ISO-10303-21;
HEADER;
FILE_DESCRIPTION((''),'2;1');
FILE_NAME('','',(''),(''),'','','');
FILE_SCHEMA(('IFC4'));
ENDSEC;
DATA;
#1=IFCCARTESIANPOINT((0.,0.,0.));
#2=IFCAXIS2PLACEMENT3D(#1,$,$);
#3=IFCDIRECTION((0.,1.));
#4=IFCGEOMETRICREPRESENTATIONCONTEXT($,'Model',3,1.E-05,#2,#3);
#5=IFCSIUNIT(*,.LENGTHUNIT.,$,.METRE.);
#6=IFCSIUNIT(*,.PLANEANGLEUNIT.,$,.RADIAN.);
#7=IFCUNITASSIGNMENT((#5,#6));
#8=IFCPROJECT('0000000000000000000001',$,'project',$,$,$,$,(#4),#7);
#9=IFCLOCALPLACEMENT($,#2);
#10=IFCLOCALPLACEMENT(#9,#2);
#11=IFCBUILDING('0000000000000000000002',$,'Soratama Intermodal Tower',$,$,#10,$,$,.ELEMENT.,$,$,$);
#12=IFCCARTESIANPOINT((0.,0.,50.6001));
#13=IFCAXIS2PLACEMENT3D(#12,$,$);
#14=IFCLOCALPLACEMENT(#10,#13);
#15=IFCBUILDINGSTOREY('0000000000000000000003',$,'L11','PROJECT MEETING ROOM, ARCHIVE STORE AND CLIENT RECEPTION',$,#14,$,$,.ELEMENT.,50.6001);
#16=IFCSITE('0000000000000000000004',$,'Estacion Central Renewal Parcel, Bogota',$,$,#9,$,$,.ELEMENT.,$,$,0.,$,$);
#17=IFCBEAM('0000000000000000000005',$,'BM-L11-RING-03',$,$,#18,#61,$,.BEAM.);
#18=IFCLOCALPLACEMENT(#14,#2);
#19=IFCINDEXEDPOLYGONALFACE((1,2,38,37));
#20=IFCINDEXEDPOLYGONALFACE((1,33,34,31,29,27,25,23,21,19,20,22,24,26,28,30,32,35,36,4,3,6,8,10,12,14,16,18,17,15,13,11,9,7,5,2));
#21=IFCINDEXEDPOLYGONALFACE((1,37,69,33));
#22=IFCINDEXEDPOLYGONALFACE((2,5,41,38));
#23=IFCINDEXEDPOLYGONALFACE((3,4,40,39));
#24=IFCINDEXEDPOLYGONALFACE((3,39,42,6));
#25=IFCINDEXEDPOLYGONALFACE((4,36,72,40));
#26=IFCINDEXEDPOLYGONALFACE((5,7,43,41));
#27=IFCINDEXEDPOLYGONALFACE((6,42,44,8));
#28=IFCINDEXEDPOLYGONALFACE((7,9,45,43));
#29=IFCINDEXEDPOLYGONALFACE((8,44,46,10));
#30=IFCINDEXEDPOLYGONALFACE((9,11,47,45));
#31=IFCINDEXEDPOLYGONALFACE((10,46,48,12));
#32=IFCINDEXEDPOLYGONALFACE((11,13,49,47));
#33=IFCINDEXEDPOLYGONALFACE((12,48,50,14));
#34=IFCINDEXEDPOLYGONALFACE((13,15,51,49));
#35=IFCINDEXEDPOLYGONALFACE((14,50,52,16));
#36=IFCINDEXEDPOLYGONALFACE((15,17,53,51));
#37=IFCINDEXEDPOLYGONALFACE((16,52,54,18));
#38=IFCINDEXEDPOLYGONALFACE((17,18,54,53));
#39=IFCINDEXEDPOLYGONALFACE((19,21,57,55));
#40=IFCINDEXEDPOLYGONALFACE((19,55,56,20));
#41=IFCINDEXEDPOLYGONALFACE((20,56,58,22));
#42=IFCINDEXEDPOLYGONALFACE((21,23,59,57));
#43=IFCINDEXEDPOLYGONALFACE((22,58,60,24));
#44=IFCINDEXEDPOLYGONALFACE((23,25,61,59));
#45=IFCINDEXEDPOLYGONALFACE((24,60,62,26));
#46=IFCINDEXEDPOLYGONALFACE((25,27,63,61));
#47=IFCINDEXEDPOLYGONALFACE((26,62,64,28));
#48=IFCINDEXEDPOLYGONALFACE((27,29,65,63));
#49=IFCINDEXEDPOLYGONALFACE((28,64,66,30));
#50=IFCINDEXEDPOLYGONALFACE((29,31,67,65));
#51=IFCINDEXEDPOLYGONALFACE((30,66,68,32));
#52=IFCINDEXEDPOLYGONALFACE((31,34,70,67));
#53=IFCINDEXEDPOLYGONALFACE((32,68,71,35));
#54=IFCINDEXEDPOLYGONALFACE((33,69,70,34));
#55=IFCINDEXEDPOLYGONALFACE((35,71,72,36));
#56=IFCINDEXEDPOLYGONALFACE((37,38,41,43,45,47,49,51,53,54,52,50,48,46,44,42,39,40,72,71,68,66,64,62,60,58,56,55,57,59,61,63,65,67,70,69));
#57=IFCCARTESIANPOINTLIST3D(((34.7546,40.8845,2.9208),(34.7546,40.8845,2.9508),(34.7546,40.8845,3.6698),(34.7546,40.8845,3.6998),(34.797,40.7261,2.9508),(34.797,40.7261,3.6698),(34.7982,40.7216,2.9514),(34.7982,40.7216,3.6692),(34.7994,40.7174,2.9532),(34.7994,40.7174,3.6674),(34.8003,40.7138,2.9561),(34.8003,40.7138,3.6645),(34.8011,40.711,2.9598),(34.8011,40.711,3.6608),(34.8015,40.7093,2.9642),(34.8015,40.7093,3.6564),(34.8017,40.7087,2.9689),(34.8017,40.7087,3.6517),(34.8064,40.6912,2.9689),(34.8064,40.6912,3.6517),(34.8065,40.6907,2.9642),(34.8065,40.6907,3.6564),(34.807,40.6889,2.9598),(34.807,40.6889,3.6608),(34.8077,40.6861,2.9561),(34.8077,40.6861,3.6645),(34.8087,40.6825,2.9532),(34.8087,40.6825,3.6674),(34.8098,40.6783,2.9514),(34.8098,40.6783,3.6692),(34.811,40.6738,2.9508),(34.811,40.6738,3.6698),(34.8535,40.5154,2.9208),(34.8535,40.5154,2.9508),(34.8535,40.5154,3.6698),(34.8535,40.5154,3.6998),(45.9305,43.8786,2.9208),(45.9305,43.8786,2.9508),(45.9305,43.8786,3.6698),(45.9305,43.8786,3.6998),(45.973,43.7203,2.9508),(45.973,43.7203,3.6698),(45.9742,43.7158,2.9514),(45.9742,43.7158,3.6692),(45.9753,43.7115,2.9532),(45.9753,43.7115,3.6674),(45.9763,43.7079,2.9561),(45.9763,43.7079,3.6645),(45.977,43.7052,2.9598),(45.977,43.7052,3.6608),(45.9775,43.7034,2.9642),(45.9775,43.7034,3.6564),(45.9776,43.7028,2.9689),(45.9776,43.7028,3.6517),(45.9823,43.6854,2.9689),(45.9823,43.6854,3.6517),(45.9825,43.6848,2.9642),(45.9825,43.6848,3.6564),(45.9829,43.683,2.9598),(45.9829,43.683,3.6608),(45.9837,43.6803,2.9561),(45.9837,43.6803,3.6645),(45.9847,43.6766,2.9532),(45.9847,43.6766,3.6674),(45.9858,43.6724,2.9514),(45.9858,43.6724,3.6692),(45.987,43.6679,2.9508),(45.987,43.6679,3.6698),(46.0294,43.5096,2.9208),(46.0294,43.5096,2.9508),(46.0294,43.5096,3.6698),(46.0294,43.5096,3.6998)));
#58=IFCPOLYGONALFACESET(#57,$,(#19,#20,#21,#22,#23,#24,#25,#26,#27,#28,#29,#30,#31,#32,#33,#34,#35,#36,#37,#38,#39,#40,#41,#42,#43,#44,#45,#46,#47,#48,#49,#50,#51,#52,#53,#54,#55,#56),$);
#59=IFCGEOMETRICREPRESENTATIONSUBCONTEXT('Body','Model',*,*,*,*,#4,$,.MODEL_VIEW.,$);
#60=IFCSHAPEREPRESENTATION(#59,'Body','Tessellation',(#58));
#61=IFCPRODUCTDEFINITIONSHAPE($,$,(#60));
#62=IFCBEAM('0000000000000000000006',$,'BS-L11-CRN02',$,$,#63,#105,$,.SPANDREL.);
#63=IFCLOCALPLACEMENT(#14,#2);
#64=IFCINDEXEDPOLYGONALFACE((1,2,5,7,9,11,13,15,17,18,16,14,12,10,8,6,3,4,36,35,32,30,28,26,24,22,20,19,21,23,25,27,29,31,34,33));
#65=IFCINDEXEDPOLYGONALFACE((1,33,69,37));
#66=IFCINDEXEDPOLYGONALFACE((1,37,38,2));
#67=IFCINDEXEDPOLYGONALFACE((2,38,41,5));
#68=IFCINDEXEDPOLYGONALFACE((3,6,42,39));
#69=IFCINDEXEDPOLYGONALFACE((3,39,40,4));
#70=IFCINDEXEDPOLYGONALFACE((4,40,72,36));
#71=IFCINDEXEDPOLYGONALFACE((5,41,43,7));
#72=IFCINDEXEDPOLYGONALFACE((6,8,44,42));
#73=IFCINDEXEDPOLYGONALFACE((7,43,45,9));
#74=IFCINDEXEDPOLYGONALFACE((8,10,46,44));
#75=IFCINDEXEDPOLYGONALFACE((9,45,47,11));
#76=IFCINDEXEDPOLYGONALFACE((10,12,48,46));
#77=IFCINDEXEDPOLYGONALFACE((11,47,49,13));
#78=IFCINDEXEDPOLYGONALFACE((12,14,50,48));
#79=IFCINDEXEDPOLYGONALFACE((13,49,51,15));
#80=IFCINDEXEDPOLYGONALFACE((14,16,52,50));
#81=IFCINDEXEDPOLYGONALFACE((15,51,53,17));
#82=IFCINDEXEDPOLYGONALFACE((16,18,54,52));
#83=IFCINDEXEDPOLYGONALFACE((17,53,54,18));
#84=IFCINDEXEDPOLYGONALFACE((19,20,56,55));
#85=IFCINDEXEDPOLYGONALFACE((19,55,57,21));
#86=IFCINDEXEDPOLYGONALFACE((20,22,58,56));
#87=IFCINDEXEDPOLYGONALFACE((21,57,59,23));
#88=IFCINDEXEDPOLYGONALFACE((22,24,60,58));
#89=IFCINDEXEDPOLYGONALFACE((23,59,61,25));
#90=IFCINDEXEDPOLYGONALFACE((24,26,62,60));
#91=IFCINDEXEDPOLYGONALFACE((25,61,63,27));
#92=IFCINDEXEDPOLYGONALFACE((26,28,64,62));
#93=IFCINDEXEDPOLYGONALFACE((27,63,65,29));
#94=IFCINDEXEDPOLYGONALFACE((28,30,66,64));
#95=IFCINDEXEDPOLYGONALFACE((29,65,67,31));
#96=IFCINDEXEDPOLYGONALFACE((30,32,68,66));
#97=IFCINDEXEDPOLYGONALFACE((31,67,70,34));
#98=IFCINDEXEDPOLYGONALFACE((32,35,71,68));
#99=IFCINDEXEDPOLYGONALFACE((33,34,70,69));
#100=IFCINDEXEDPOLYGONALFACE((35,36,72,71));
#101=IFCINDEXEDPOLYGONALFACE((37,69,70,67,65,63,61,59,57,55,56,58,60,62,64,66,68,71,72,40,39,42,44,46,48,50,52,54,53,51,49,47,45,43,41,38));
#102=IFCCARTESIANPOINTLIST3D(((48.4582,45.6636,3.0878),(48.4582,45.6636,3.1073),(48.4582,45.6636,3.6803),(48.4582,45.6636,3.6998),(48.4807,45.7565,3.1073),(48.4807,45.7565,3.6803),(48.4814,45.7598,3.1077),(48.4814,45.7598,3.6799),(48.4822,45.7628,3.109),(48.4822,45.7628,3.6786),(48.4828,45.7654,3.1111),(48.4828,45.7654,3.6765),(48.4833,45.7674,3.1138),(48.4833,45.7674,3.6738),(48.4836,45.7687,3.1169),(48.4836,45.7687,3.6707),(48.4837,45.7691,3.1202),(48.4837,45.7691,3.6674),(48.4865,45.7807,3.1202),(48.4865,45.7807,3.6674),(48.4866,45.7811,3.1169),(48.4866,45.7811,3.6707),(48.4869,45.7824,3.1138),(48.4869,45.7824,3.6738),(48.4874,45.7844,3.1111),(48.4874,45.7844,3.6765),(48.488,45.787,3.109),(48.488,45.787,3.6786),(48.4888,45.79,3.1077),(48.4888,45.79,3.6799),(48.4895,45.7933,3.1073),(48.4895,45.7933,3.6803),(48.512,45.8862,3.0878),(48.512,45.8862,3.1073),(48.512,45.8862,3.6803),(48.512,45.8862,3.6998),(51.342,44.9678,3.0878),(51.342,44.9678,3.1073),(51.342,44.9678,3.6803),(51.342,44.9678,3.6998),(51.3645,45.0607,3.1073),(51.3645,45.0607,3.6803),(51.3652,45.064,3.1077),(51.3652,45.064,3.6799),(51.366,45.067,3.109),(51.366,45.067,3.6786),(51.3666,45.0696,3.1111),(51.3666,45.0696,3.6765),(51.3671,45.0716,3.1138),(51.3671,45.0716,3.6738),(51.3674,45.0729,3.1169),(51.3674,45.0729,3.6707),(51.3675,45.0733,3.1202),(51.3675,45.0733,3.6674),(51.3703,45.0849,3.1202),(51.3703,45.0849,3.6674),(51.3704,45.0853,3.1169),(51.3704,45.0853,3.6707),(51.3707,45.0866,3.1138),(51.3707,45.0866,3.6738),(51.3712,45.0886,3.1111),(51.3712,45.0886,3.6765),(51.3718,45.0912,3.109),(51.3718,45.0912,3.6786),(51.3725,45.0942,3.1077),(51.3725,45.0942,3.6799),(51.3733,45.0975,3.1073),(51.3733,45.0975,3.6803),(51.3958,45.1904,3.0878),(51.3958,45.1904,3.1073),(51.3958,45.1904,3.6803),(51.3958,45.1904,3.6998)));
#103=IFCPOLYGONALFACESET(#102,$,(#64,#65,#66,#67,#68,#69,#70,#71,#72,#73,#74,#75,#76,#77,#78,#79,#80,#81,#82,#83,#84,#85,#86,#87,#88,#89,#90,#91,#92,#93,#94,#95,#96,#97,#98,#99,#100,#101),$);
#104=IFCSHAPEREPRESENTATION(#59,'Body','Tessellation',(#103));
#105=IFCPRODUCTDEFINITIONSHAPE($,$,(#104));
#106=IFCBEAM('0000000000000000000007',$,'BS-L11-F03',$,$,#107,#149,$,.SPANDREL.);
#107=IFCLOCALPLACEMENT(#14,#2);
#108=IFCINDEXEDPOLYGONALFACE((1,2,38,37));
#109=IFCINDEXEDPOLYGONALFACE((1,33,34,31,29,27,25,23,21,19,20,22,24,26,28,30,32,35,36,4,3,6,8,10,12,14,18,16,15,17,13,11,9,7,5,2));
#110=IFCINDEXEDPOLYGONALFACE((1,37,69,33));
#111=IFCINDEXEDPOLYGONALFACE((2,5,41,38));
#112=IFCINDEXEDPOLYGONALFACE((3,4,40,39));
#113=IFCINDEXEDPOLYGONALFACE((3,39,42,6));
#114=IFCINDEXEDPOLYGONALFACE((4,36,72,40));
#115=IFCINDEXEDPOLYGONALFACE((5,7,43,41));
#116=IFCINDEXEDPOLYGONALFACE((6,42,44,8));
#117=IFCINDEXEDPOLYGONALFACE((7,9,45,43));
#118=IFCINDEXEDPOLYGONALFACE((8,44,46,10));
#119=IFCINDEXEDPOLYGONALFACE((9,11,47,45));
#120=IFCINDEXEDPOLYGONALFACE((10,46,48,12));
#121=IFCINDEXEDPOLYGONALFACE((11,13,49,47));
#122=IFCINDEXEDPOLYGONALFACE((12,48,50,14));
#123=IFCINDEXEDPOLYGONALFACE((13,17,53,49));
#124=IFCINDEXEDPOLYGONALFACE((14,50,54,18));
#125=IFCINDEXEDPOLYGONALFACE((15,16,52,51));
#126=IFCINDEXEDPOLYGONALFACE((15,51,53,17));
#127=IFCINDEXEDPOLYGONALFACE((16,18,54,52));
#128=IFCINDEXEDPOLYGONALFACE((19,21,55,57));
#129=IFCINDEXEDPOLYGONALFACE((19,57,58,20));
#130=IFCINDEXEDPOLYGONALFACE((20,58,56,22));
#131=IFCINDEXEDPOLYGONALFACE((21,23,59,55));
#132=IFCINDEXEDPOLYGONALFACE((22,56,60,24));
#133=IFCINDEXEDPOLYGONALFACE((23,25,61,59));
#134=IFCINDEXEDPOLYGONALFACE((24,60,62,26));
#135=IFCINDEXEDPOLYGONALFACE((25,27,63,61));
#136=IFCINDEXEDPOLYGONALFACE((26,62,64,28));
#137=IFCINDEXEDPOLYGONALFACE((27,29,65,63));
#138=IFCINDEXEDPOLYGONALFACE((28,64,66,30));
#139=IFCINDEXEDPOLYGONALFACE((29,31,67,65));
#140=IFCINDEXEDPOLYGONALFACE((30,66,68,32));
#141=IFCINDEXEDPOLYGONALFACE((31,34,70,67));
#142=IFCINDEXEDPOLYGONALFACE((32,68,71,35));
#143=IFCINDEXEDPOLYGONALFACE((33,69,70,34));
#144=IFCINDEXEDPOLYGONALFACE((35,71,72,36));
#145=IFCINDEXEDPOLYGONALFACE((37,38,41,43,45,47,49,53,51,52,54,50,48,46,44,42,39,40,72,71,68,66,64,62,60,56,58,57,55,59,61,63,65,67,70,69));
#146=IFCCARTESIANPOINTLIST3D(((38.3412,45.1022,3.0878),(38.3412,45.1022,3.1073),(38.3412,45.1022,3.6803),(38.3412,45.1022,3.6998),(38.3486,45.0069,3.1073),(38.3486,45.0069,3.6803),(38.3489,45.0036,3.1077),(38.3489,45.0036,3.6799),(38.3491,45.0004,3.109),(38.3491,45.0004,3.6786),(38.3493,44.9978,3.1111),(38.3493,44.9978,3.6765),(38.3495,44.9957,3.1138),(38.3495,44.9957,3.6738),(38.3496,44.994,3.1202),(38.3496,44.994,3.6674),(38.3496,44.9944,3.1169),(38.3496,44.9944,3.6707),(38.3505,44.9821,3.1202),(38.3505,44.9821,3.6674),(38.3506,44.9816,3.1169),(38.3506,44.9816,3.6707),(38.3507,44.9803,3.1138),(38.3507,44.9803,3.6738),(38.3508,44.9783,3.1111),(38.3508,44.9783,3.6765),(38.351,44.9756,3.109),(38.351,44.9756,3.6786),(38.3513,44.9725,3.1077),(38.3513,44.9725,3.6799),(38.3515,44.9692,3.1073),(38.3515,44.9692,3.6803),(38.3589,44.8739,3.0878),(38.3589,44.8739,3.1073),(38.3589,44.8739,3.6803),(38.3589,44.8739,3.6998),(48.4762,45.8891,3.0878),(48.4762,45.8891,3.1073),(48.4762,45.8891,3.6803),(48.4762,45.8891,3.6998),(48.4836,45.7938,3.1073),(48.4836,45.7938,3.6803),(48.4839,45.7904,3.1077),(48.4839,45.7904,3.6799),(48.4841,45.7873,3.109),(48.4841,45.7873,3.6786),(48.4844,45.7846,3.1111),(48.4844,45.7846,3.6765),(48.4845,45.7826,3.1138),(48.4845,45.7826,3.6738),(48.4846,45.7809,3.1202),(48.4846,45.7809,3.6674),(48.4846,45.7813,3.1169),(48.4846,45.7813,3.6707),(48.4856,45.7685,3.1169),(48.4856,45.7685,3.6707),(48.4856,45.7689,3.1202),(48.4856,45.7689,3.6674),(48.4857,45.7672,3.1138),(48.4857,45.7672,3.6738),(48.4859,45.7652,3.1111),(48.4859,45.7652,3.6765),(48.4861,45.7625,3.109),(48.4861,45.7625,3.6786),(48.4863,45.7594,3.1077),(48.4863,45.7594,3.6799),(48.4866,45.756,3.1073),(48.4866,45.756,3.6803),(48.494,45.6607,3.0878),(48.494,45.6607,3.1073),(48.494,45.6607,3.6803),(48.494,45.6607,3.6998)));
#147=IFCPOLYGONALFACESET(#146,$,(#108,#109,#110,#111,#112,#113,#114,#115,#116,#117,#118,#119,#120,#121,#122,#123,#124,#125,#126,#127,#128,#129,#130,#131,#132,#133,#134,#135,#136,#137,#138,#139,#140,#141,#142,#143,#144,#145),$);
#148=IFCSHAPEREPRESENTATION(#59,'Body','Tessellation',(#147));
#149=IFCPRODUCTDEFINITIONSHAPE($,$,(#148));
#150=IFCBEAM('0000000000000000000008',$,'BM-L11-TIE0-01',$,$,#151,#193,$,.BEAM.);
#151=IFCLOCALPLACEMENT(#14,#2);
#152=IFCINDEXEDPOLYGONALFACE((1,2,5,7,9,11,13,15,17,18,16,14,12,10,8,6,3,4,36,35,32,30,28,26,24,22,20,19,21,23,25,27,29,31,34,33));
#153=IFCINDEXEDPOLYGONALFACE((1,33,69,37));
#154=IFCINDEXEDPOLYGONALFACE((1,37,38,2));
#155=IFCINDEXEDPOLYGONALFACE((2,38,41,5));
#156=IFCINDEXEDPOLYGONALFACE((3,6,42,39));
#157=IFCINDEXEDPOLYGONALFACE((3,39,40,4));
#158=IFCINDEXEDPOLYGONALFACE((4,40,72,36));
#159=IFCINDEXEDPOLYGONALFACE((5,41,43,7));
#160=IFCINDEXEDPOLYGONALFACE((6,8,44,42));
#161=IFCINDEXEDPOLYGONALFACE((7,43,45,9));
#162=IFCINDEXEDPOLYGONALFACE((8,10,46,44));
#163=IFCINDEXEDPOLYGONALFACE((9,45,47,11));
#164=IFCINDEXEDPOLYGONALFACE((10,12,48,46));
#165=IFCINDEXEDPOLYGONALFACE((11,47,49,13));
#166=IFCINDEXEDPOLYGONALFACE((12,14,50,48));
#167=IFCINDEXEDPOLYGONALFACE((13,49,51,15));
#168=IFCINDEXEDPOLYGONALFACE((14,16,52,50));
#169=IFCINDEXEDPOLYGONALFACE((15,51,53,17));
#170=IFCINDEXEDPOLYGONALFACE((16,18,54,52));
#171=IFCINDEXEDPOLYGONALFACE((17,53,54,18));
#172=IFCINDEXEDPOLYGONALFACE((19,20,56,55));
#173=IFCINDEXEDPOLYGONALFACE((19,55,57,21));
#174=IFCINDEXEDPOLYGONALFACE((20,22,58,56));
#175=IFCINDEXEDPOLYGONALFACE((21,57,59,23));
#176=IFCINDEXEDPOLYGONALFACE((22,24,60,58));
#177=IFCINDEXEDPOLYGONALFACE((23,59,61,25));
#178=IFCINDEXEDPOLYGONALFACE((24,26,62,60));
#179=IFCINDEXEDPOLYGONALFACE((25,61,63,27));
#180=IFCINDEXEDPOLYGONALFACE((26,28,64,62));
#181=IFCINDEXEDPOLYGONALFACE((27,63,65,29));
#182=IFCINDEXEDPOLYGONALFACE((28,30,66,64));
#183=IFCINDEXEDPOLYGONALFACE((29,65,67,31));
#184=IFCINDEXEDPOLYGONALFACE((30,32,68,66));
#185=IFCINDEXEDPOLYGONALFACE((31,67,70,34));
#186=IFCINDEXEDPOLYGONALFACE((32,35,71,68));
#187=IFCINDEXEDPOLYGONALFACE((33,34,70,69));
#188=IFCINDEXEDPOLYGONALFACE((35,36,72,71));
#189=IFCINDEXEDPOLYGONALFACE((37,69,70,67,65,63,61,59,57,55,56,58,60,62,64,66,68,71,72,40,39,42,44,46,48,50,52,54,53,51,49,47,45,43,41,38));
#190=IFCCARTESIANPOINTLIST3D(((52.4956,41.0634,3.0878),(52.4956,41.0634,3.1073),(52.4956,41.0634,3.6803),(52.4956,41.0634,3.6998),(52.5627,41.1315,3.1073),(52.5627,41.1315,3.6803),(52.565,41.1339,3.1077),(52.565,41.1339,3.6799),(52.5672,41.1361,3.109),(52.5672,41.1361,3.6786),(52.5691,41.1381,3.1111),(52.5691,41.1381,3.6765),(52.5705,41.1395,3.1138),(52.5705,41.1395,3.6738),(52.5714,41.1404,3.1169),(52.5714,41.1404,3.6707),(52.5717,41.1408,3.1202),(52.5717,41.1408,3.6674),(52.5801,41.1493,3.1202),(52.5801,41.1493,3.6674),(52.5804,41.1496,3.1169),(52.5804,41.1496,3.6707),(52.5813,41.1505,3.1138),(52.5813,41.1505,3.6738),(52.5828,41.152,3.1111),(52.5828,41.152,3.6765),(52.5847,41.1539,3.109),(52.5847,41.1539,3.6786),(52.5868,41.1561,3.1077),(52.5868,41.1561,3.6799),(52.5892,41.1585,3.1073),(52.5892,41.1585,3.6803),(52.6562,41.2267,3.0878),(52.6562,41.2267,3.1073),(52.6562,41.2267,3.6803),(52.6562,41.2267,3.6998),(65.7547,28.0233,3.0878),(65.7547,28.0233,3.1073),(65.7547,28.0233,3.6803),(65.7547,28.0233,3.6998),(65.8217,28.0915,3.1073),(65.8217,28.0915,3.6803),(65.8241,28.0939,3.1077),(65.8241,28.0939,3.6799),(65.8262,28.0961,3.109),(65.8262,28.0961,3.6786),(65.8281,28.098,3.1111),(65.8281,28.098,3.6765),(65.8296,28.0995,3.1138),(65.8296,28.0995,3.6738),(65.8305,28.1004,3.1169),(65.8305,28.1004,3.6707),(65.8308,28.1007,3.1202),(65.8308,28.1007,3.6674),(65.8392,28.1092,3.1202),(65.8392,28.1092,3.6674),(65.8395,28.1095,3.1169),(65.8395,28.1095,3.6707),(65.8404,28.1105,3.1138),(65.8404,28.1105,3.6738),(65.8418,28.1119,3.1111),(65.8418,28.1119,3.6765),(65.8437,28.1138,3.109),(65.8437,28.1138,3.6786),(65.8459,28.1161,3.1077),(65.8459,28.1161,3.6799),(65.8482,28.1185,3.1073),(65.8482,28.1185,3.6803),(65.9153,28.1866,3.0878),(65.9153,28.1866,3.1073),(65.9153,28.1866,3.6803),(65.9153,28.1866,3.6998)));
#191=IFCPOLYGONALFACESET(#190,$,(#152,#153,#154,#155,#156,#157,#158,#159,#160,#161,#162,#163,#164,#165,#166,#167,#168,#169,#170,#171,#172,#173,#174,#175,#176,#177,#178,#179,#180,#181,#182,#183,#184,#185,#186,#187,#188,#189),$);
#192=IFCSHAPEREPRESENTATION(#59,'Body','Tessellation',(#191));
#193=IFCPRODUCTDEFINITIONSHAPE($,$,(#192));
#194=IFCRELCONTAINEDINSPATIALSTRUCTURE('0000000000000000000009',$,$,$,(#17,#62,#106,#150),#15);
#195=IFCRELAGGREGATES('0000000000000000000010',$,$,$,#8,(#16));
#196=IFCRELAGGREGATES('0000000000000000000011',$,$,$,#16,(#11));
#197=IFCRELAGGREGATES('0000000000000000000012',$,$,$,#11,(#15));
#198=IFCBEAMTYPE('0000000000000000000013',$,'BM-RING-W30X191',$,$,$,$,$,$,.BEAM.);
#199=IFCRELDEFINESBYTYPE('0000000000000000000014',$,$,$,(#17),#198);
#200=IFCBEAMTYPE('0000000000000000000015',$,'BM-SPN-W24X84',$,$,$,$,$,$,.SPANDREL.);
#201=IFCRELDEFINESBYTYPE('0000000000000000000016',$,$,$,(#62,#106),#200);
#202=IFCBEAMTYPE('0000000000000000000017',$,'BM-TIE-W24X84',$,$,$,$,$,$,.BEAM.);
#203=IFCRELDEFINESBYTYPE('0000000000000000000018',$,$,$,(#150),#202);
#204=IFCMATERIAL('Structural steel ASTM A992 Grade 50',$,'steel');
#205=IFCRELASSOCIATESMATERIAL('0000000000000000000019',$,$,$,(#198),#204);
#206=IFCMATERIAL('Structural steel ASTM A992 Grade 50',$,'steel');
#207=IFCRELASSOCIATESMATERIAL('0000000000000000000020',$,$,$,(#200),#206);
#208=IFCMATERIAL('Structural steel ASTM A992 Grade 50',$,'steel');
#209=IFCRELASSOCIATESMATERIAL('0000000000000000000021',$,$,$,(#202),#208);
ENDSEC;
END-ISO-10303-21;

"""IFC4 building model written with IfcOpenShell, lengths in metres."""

from ifc_helpers import new_model, si_unit, direction, frame, origin, origin_2d, place, context, subcontext, project, spatial, i_section, extrude, material, material_profile, profile_set, type_object, element, save


model = new_model("IFC4")

# Units and contexts
model_context = context("Model", 3, precision=1e-05, world=origin(), true_north=direction((0.0, 1.0)))
body_context = subcontext(model_context, "Body", "Model", "MODEL_VIEW")
ifc_project = project(units=[si_unit("LENGTHUNIT", "METRE"), si_unit("PLANEANGLEUNIT", "RADIAN")], contexts=[model_context])

# Site, building, storey
site_placement = place(None, origin())
site = spatial("IfcSite", under=ifc_project, at=site_placement, Name="Estacion Central Renewal Parcel, Bogota", CompositionType="ELEMENT", RefElevation=0.0)
building_placement = place(site_placement, origin())
building = spatial("IfcBuilding", under=site, at=building_placement, Name="Soratama Intermodal Tower", CompositionType="ELEMENT")
storey_placement = place(building_placement, frame((0.0, 0.0, 50.6001)))
storey = spatial("IfcBuildingStorey", under=building, at=storey_placement, Name="L11", Description="PROJECT MEETING ROOM, ARCHIVE STORE AND CLIENT RECEPTION", CompositionType="ELEMENT", Elevation=50.6001)

# Beams
ifc_material_1 = material(Name="Structural steel ASTM A992 Grade 50", Category="steel")
ifc_material_profile_1 = material_profile(ifc_material_1, i_section(OverallWidth=0.3821, OverallDepth=0.7791, WebThickness=0.0181, FlangeThickness=0.03, FilletRadius=0.0181, at=origin_2d()), Name="W30X191")
ifc_profile_set_1 = profile_set([ifc_material_profile_1], Name="Structural steel ASTM A992 Grade 50")
beam_type_1 = type_object("IfcBeamType", Name="BM-RING-W30X191", PredefinedType="BEAM", material=ifc_profile_set_1)
beam_1_placement = place(storey_placement, frame((45.98, 43.6941, 3.3103), z_axis=(-0.965936, -0.258781, 0.0), x_axis=(0.258781, -0.965936, 0.0)))
element("IfcBeam", 1, at=beam_1_placement, inside=storey, type_object=beam_type_1, Name="BM-L11-RING-03", PredefinedType="BEAM", context=body_context, shape_type="SweptSolid", body=[
    extrude(i_section(OverallWidth=0.3821, OverallDepth=0.7791, WebThickness=0.0181, FlangeThickness=0.03, FilletRadius=0.0181, at=origin_2d()), origin(), (0.0, 0.0, 1.0), 11.5701),
])
ifc_material_2 = material(Name="Structural steel ASTM A992 Grade 50", Category="steel")
ifc_material_profile_2 = material_profile(ifc_material_2, i_section(OverallWidth=0.229, OverallDepth=0.6121, WebThickness=0.012, FlangeThickness=0.0195, FilletRadius=0.0129, at=origin_2d()), Name="W24X84")
ifc_profile_set_2 = profile_set([ifc_material_profile_2], Name="Structural steel ASTM A992 Grade 50")
beam_type_2 = type_object("IfcBeamType", Name="BM-SPN-W24X84", PredefinedType="SPANDREL", material=ifc_profile_set_2)
beam_2_placement = place(storey_placement, frame((51.3689, 45.0791, 3.3938), z_axis=(-0.972104, 0.234549, 0.0), x_axis=(-0.234549, -0.972104, 0.0)))
element("IfcBeam", 2, at=beam_2_placement, inside=storey, type_object=beam_type_2, Name="BS-L11-CRN02", PredefinedType="SPANDREL", context=body_context, shape_type="SweptSolid", body=[
    extrude(i_section(OverallWidth=0.229, OverallDepth=0.6121, WebThickness=0.012, FlangeThickness=0.0195, FilletRadius=0.0129, at=origin_2d()), origin(), (0.0, 0.0, 1.0), 2.9666),
])
beam_3_placement = place(storey_placement, frame((48.4851, 45.7749, 3.3938), z_axis=(-0.997, -0.077405, 0.0), x_axis=(0.077405, -0.997, 0.0)))
element("IfcBeam", 3, at=beam_3_placement, inside=storey, type_object=beam_type_2, Name="BS-L11-F03", PredefinedType="SPANDREL", context=body_context, shape_type="SweptSolid", body=[
    extrude(i_section(OverallWidth=0.229, OverallDepth=0.6121, WebThickness=0.012, FlangeThickness=0.0195, FilletRadius=0.0129, at=origin_2d()), origin(), (0.0, 0.0, 1.0), 10.1655),
])
ifc_material_3 = material(Name="Structural steel ASTM A992 Grade 50", Category="steel")
ifc_material_profile_3 = material_profile(ifc_material_3, i_section(OverallWidth=0.229, OverallDepth=0.6121, WebThickness=0.012, FlangeThickness=0.0195, FilletRadius=0.0129, at=origin_2d()), Name="W24X84")
ifc_profile_set_3 = profile_set([ifc_material_profile_3], Name="Structural steel ASTM A992 Grade 50")
beam_type_3 = type_object("IfcBeamType", Name="BM-TIE-W24X84", PredefinedType="BEAM", material=ifc_profile_set_3)
beam_4_placement = place(storey_placement, frame((52.5759, 41.145, 3.3938), z_axis=(0.71297, -0.701194, 0.0), x_axis=(0.701194, 0.71297, 0.0)))
element("IfcBeam", 4, at=beam_4_placement, inside=storey, type_object=beam_type_3, Name="BM-L11-TIE0-01", PredefinedType="BEAM", context=body_context, shape_type="SweptSolid", body=[
    extrude(i_section(OverallWidth=0.229, OverallDepth=0.6121, WebThickness=0.012, FlangeThickness=0.0195, FilletRadius=0.0129, at=origin_2d()), origin(), (0.0, 0.0, 1.0), 18.5969),
])

save(model, "model.ifc")
